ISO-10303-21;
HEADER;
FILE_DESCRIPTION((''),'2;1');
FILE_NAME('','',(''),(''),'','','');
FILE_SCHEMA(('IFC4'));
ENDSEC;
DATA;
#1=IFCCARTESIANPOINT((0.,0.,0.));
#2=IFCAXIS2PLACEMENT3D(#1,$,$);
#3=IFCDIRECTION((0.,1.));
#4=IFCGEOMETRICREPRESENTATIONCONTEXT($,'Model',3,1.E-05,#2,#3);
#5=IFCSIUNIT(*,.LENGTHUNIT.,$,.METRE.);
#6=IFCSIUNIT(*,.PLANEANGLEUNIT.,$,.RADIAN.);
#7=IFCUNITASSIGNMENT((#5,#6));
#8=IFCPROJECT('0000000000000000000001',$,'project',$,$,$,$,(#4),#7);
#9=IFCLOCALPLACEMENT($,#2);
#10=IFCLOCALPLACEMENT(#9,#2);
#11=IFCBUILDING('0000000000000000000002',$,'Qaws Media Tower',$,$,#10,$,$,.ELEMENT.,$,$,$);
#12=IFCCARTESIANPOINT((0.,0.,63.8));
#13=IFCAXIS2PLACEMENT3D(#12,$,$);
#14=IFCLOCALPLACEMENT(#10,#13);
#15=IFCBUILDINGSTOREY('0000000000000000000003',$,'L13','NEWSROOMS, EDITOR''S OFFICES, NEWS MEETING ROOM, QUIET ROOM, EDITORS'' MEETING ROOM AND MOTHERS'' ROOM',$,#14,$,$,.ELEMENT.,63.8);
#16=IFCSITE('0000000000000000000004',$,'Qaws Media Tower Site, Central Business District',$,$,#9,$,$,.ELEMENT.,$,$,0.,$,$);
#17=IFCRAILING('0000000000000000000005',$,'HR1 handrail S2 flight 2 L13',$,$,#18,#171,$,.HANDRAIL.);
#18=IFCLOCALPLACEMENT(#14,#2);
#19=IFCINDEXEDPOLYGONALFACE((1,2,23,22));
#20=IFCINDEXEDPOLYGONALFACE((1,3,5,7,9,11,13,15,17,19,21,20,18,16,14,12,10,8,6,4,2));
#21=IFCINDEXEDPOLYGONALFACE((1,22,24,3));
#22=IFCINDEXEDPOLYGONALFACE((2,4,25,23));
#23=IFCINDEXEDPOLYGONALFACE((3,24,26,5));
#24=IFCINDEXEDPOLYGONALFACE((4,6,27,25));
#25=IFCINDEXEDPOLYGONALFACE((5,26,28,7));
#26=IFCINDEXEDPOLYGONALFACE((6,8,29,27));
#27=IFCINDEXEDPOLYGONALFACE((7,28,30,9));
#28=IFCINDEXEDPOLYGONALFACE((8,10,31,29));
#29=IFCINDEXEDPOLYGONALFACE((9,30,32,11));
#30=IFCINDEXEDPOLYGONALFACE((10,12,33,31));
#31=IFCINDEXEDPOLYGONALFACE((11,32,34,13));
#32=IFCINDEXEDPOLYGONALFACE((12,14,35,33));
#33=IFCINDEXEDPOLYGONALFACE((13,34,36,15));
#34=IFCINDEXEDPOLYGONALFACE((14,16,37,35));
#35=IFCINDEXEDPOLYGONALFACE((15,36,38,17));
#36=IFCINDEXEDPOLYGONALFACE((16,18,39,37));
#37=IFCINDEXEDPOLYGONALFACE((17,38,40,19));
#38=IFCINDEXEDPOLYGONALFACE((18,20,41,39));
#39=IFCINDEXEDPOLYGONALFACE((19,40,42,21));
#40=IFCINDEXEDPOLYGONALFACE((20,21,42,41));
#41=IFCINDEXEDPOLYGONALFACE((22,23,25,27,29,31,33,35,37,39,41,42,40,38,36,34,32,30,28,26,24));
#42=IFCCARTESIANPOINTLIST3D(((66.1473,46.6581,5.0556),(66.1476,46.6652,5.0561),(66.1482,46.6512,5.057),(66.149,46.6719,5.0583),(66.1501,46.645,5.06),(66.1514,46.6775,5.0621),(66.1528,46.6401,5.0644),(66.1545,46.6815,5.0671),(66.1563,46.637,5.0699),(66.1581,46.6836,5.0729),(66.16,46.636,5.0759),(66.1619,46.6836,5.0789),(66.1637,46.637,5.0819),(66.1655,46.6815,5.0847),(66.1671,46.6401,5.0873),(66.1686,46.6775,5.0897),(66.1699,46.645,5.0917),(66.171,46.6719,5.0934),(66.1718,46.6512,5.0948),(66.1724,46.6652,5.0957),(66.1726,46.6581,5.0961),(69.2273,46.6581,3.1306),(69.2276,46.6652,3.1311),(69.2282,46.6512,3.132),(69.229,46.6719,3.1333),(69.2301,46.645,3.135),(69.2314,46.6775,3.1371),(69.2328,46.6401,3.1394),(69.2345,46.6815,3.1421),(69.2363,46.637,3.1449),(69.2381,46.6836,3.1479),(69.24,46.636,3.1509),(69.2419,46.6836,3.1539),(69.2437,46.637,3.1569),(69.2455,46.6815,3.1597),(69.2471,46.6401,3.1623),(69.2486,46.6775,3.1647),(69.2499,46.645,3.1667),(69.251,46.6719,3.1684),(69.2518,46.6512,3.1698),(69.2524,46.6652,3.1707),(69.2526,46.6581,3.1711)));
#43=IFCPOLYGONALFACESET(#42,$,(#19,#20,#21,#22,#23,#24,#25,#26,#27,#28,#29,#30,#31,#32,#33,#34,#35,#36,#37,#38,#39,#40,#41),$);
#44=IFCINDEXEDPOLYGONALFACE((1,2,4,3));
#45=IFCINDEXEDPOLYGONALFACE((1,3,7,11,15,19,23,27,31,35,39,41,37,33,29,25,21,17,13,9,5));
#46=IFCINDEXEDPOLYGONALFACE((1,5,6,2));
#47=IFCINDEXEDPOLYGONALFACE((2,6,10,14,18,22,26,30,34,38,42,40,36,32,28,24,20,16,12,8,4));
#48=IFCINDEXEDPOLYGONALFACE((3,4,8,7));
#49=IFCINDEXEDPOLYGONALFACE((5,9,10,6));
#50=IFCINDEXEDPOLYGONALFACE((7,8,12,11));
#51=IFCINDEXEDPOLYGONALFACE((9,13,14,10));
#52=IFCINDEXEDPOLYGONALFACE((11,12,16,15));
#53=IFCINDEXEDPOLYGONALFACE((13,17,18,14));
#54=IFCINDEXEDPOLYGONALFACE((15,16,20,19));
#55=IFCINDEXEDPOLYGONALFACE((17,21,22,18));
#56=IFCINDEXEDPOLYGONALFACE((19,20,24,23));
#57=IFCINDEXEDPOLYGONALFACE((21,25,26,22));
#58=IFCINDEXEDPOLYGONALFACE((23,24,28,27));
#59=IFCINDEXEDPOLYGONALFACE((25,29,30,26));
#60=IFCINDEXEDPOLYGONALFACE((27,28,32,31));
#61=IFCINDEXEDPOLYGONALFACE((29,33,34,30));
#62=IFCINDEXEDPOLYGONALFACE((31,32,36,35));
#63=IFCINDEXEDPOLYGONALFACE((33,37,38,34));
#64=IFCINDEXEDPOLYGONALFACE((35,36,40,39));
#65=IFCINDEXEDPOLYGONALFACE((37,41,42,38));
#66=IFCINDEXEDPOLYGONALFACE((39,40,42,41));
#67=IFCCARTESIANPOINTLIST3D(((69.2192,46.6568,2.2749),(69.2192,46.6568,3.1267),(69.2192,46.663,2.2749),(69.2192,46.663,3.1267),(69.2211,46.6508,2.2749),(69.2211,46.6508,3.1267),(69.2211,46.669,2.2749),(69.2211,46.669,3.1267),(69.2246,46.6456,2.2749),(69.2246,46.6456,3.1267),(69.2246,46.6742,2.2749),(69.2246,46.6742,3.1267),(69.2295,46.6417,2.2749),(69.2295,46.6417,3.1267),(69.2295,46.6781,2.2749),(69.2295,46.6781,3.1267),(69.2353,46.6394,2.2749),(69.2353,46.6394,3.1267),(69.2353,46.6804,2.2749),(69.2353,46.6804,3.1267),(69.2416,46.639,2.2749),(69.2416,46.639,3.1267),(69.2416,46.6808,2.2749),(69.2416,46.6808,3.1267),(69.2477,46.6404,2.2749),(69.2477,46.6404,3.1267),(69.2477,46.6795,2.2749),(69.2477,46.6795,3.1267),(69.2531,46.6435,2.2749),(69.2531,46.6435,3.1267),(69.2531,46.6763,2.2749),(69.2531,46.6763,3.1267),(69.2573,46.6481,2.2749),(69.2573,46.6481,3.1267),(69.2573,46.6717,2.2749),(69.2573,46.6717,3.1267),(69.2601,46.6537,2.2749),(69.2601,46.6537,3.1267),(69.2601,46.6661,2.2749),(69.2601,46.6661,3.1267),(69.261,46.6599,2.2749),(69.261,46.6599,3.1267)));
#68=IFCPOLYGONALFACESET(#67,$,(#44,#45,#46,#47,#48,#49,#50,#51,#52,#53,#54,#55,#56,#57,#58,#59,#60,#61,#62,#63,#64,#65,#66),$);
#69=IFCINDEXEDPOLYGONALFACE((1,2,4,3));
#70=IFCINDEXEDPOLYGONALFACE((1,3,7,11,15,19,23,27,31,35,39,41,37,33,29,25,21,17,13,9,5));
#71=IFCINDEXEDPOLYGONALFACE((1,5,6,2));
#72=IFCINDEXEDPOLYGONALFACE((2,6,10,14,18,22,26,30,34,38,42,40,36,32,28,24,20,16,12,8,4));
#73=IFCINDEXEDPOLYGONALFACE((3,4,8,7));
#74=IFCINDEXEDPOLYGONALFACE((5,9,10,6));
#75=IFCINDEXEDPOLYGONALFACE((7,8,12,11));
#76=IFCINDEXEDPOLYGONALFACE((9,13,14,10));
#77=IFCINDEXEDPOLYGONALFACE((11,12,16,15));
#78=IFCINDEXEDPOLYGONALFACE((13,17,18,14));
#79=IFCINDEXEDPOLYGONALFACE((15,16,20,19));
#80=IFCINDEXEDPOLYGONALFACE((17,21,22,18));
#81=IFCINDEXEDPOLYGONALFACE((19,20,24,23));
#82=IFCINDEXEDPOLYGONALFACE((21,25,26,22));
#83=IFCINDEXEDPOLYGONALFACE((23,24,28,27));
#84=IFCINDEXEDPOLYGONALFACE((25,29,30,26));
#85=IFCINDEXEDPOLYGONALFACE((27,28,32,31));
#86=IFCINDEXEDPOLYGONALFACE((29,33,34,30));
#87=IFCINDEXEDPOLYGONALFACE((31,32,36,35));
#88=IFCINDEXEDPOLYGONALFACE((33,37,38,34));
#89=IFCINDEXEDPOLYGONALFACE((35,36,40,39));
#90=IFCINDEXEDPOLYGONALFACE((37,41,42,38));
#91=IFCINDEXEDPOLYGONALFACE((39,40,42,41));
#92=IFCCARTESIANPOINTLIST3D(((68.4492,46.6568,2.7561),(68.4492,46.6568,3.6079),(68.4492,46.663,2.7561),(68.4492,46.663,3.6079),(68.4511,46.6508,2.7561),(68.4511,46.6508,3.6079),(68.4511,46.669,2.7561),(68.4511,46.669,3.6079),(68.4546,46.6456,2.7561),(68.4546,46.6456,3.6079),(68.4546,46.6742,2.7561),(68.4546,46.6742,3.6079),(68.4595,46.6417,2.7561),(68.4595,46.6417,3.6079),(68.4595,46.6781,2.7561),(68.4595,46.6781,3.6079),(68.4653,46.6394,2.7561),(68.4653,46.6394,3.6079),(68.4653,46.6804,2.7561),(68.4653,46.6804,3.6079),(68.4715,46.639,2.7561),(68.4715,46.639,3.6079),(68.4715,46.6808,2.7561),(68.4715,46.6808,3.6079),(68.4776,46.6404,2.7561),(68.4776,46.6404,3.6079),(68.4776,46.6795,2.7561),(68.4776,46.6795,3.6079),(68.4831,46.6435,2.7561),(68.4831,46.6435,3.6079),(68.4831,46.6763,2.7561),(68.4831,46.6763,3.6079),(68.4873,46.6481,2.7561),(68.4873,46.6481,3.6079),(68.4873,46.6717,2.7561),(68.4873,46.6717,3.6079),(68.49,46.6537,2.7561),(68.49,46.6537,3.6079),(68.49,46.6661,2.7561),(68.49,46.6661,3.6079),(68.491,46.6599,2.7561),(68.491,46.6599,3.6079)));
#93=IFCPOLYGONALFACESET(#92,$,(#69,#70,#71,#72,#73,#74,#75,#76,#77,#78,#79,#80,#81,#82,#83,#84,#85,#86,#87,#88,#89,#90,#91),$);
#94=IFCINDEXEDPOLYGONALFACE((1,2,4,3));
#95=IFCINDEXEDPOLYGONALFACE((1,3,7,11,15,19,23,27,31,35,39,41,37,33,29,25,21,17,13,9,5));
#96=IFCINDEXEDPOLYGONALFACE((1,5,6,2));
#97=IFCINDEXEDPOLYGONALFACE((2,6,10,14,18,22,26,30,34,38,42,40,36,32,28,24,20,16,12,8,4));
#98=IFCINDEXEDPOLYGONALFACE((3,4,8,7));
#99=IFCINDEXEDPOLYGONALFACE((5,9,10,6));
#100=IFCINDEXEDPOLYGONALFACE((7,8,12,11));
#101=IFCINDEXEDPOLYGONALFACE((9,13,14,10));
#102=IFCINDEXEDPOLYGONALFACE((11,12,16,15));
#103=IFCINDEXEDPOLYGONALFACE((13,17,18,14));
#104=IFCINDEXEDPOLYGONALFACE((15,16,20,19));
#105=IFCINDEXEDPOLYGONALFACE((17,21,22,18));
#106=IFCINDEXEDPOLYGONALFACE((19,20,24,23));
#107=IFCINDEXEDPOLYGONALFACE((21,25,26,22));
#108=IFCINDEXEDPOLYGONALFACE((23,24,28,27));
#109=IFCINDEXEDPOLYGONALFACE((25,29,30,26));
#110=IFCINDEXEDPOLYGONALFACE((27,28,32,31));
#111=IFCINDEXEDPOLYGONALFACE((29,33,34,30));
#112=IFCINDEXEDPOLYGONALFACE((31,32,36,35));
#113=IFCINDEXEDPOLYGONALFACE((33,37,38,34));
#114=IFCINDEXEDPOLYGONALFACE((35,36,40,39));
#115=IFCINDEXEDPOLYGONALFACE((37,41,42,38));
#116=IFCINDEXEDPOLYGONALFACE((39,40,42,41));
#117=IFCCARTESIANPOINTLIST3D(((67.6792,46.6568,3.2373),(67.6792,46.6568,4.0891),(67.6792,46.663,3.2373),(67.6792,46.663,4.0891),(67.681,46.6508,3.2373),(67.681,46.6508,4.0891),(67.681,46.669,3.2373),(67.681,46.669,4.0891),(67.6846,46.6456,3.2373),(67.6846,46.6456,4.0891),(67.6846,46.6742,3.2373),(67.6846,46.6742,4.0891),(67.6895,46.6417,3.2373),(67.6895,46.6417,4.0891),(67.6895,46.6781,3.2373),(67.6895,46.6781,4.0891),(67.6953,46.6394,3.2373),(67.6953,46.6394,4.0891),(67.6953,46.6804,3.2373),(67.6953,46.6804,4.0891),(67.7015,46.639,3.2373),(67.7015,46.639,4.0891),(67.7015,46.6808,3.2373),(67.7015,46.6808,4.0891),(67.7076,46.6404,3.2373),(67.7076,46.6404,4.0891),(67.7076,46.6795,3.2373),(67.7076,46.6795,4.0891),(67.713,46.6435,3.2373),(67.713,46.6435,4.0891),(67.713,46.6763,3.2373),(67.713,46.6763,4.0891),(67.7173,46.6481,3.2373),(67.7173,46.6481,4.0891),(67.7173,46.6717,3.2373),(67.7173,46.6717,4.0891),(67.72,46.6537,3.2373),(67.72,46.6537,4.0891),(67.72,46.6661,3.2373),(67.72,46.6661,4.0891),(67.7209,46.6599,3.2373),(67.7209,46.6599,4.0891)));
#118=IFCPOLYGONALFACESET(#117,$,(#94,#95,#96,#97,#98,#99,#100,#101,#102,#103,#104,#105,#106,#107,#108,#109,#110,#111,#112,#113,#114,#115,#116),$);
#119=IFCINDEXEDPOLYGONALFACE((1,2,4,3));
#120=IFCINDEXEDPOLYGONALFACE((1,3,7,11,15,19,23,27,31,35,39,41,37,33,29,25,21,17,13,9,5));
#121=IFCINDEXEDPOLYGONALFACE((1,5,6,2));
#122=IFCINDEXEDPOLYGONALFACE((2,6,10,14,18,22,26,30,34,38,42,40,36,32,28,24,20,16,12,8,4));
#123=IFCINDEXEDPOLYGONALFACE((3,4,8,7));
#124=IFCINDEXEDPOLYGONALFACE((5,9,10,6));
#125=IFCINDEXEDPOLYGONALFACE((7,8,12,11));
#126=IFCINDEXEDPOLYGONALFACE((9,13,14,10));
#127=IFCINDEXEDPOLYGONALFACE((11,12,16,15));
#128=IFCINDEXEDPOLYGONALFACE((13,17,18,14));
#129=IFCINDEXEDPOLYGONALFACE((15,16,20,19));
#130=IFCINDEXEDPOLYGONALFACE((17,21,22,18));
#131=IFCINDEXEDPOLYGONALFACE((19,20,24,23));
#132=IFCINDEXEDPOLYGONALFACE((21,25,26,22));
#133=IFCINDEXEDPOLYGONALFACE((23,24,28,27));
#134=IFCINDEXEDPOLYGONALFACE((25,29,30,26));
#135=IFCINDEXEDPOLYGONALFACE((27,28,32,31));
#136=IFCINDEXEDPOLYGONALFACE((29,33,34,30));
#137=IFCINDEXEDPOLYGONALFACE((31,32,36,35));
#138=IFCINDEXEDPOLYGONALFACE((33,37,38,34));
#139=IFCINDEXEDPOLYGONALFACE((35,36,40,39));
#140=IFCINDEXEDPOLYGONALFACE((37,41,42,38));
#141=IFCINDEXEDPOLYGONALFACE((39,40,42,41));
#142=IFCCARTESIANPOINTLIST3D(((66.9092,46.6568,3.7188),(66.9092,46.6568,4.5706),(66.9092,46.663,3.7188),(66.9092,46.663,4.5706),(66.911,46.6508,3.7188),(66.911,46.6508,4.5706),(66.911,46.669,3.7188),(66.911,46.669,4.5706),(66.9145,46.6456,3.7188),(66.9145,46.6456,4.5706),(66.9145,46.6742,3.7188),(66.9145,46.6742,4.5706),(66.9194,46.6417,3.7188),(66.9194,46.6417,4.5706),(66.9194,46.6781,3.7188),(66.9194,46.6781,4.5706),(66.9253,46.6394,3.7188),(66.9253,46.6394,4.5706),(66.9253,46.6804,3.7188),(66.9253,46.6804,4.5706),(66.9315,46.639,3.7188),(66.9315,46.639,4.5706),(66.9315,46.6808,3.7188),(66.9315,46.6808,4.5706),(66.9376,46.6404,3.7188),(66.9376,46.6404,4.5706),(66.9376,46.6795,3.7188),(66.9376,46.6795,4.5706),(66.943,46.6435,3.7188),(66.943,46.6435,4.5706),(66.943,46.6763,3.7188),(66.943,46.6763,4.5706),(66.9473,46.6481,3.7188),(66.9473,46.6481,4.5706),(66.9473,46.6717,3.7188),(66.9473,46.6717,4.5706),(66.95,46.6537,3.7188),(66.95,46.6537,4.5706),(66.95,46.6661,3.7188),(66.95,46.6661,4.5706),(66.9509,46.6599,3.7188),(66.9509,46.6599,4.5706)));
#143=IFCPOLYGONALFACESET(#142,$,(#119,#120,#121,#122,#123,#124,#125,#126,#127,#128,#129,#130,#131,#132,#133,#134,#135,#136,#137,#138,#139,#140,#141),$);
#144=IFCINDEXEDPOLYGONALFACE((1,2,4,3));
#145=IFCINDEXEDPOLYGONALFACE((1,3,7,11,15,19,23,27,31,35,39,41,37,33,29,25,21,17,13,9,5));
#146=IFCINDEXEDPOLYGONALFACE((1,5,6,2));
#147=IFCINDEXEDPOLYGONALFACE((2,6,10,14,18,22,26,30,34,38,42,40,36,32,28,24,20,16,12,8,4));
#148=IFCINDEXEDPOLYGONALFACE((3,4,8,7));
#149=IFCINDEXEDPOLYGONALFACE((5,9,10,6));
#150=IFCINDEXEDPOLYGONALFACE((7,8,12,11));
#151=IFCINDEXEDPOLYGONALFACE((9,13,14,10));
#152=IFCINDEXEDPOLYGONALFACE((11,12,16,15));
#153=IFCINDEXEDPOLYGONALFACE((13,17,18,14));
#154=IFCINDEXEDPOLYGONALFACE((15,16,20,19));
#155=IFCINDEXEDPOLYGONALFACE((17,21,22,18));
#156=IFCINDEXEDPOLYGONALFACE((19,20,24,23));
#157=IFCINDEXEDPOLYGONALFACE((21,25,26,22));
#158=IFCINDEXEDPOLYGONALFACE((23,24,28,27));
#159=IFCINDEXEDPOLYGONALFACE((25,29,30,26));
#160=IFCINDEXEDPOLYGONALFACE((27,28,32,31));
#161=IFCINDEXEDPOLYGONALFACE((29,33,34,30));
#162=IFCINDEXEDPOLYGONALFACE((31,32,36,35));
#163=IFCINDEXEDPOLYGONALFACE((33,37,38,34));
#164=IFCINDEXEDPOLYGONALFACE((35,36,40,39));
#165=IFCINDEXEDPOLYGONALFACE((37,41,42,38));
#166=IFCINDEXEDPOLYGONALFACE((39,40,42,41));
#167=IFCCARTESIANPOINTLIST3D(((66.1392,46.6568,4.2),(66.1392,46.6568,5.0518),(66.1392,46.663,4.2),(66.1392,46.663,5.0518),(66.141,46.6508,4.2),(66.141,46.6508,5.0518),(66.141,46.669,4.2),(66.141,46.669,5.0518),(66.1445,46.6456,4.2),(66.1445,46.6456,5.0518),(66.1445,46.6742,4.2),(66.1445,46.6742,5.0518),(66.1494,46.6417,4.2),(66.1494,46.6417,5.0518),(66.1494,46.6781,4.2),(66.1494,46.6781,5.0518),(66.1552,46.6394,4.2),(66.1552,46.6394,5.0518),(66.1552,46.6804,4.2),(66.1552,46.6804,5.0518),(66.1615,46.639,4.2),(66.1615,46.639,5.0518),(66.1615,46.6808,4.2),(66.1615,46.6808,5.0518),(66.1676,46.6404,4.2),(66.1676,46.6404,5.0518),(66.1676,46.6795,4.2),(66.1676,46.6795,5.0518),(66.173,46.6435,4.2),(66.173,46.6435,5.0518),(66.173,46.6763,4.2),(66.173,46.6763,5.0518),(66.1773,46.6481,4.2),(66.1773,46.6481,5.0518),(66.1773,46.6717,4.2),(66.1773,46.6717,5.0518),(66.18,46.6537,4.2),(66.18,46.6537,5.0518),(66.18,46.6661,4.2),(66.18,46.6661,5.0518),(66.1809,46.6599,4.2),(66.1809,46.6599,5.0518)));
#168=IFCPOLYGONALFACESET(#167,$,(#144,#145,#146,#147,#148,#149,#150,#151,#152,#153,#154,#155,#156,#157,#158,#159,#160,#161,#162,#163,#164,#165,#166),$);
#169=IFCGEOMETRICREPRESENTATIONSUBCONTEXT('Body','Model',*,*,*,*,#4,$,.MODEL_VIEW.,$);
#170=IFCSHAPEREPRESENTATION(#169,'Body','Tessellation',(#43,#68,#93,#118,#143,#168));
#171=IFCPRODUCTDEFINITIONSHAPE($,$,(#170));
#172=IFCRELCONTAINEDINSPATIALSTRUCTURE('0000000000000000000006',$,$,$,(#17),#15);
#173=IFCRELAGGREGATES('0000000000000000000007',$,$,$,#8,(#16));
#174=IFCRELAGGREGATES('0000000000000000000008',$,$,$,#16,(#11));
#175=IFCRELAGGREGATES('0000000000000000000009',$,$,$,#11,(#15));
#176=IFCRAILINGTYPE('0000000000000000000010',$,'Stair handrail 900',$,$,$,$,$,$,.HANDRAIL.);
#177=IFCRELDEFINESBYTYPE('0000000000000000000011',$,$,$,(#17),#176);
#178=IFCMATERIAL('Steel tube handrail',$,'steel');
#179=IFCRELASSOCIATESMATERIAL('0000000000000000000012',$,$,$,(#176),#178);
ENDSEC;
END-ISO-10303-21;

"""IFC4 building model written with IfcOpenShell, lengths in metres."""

from ifc_helpers import new_model, si_unit, direction, frame, origin, origin_2d, place, context, subcontext, project, spatial, circle, extrude, material, type_object, element, save


model = new_model("IFC4")

# Units and contexts
model_context = context("Model", 3, precision=1e-05, world=origin(), true_north=direction((0.0, 1.0)))
body_context = subcontext(model_context, "Body", "Model", "MODEL_VIEW")
ifc_project = project(units=[si_unit("LENGTHUNIT", "METRE"), si_unit("PLANEANGLEUNIT", "RADIAN")], contexts=[model_context])

# Site, building, storey
site_placement = place(None, origin())
site = spatial("IfcSite", under=ifc_project, at=site_placement, Name="Qaws Media Tower Site, Central Business District", CompositionType="ELEMENT", RefElevation=0.0)
building_placement = place(site_placement, origin())
building = spatial("IfcBuilding", under=site, at=building_placement, Name="Qaws Media Tower", CompositionType="ELEMENT")
storey_placement = place(building_placement, frame((0.0, 0.0, 63.8)))
storey = spatial("IfcBuildingStorey", under=building, at=storey_placement, Name="L13", Description="NEWSROOMS, EDITOR'S OFFICES, NEWS MEETING ROOM, QUIET ROOM, EDITORS' MEETING ROOM AND MOTHERS' ROOM", CompositionType="ELEMENT", Elevation=63.8)

# Railing
ifc_material_1 = material(Name="Steel tube handrail", Category="steel")
railing_type = type_object("IfcRailingType", Name="Stair handrail 900", PredefinedType="HANDRAIL", material=ifc_material_1)
for number, where, name in (
    (1, (69.24, 46.6599, 2.2749), "HR1 handrail S2 flight 2 L13"),
):
    element("IfcRailing", number, at=place(storey_placement, frame(where)), inside=storey, type_object=railing_type, Name=name, PredefinedType="HANDRAIL", context=body_context, shape_type="SweptSolid", body=[
        extrude(circle(Radius=0.0239, at=origin_2d()), frame((0.0, 0.0, 0.876), z_axis=(-0.847998, 0.0, 0.529999), x_axis=(0.0, -1.0, 0.0)), (0.0, 0.0, 1.0), 3.6321),
        extrude(circle(Radius=0.021, at=origin_2d()), origin(), (0.0, 0.0, 1.0), 0.8518),
        extrude(circle(Radius=0.021, at=origin_2d()), frame((-0.77, 0.0, 0.4812)), (0.0, 0.0, 1.0), 0.8518),
        extrude(circle(Radius=0.021, at=origin_2d()), frame((-1.54, 0.0, 0.9624)), (0.0, 0.0, 1.0), 0.8518),
        extrude(circle(Radius=0.021, at=origin_2d()), frame((-2.3101, 0.0, 1.4438)), (0.0, 0.0, 1.0), 0.8518),
        extrude(circle(Radius=0.021, at=origin_2d()), frame((-3.0801, 0.0, 1.925)), (0.0, 0.0, 1.0), 0.8518),
    ])

save(model, "model.ifc")
